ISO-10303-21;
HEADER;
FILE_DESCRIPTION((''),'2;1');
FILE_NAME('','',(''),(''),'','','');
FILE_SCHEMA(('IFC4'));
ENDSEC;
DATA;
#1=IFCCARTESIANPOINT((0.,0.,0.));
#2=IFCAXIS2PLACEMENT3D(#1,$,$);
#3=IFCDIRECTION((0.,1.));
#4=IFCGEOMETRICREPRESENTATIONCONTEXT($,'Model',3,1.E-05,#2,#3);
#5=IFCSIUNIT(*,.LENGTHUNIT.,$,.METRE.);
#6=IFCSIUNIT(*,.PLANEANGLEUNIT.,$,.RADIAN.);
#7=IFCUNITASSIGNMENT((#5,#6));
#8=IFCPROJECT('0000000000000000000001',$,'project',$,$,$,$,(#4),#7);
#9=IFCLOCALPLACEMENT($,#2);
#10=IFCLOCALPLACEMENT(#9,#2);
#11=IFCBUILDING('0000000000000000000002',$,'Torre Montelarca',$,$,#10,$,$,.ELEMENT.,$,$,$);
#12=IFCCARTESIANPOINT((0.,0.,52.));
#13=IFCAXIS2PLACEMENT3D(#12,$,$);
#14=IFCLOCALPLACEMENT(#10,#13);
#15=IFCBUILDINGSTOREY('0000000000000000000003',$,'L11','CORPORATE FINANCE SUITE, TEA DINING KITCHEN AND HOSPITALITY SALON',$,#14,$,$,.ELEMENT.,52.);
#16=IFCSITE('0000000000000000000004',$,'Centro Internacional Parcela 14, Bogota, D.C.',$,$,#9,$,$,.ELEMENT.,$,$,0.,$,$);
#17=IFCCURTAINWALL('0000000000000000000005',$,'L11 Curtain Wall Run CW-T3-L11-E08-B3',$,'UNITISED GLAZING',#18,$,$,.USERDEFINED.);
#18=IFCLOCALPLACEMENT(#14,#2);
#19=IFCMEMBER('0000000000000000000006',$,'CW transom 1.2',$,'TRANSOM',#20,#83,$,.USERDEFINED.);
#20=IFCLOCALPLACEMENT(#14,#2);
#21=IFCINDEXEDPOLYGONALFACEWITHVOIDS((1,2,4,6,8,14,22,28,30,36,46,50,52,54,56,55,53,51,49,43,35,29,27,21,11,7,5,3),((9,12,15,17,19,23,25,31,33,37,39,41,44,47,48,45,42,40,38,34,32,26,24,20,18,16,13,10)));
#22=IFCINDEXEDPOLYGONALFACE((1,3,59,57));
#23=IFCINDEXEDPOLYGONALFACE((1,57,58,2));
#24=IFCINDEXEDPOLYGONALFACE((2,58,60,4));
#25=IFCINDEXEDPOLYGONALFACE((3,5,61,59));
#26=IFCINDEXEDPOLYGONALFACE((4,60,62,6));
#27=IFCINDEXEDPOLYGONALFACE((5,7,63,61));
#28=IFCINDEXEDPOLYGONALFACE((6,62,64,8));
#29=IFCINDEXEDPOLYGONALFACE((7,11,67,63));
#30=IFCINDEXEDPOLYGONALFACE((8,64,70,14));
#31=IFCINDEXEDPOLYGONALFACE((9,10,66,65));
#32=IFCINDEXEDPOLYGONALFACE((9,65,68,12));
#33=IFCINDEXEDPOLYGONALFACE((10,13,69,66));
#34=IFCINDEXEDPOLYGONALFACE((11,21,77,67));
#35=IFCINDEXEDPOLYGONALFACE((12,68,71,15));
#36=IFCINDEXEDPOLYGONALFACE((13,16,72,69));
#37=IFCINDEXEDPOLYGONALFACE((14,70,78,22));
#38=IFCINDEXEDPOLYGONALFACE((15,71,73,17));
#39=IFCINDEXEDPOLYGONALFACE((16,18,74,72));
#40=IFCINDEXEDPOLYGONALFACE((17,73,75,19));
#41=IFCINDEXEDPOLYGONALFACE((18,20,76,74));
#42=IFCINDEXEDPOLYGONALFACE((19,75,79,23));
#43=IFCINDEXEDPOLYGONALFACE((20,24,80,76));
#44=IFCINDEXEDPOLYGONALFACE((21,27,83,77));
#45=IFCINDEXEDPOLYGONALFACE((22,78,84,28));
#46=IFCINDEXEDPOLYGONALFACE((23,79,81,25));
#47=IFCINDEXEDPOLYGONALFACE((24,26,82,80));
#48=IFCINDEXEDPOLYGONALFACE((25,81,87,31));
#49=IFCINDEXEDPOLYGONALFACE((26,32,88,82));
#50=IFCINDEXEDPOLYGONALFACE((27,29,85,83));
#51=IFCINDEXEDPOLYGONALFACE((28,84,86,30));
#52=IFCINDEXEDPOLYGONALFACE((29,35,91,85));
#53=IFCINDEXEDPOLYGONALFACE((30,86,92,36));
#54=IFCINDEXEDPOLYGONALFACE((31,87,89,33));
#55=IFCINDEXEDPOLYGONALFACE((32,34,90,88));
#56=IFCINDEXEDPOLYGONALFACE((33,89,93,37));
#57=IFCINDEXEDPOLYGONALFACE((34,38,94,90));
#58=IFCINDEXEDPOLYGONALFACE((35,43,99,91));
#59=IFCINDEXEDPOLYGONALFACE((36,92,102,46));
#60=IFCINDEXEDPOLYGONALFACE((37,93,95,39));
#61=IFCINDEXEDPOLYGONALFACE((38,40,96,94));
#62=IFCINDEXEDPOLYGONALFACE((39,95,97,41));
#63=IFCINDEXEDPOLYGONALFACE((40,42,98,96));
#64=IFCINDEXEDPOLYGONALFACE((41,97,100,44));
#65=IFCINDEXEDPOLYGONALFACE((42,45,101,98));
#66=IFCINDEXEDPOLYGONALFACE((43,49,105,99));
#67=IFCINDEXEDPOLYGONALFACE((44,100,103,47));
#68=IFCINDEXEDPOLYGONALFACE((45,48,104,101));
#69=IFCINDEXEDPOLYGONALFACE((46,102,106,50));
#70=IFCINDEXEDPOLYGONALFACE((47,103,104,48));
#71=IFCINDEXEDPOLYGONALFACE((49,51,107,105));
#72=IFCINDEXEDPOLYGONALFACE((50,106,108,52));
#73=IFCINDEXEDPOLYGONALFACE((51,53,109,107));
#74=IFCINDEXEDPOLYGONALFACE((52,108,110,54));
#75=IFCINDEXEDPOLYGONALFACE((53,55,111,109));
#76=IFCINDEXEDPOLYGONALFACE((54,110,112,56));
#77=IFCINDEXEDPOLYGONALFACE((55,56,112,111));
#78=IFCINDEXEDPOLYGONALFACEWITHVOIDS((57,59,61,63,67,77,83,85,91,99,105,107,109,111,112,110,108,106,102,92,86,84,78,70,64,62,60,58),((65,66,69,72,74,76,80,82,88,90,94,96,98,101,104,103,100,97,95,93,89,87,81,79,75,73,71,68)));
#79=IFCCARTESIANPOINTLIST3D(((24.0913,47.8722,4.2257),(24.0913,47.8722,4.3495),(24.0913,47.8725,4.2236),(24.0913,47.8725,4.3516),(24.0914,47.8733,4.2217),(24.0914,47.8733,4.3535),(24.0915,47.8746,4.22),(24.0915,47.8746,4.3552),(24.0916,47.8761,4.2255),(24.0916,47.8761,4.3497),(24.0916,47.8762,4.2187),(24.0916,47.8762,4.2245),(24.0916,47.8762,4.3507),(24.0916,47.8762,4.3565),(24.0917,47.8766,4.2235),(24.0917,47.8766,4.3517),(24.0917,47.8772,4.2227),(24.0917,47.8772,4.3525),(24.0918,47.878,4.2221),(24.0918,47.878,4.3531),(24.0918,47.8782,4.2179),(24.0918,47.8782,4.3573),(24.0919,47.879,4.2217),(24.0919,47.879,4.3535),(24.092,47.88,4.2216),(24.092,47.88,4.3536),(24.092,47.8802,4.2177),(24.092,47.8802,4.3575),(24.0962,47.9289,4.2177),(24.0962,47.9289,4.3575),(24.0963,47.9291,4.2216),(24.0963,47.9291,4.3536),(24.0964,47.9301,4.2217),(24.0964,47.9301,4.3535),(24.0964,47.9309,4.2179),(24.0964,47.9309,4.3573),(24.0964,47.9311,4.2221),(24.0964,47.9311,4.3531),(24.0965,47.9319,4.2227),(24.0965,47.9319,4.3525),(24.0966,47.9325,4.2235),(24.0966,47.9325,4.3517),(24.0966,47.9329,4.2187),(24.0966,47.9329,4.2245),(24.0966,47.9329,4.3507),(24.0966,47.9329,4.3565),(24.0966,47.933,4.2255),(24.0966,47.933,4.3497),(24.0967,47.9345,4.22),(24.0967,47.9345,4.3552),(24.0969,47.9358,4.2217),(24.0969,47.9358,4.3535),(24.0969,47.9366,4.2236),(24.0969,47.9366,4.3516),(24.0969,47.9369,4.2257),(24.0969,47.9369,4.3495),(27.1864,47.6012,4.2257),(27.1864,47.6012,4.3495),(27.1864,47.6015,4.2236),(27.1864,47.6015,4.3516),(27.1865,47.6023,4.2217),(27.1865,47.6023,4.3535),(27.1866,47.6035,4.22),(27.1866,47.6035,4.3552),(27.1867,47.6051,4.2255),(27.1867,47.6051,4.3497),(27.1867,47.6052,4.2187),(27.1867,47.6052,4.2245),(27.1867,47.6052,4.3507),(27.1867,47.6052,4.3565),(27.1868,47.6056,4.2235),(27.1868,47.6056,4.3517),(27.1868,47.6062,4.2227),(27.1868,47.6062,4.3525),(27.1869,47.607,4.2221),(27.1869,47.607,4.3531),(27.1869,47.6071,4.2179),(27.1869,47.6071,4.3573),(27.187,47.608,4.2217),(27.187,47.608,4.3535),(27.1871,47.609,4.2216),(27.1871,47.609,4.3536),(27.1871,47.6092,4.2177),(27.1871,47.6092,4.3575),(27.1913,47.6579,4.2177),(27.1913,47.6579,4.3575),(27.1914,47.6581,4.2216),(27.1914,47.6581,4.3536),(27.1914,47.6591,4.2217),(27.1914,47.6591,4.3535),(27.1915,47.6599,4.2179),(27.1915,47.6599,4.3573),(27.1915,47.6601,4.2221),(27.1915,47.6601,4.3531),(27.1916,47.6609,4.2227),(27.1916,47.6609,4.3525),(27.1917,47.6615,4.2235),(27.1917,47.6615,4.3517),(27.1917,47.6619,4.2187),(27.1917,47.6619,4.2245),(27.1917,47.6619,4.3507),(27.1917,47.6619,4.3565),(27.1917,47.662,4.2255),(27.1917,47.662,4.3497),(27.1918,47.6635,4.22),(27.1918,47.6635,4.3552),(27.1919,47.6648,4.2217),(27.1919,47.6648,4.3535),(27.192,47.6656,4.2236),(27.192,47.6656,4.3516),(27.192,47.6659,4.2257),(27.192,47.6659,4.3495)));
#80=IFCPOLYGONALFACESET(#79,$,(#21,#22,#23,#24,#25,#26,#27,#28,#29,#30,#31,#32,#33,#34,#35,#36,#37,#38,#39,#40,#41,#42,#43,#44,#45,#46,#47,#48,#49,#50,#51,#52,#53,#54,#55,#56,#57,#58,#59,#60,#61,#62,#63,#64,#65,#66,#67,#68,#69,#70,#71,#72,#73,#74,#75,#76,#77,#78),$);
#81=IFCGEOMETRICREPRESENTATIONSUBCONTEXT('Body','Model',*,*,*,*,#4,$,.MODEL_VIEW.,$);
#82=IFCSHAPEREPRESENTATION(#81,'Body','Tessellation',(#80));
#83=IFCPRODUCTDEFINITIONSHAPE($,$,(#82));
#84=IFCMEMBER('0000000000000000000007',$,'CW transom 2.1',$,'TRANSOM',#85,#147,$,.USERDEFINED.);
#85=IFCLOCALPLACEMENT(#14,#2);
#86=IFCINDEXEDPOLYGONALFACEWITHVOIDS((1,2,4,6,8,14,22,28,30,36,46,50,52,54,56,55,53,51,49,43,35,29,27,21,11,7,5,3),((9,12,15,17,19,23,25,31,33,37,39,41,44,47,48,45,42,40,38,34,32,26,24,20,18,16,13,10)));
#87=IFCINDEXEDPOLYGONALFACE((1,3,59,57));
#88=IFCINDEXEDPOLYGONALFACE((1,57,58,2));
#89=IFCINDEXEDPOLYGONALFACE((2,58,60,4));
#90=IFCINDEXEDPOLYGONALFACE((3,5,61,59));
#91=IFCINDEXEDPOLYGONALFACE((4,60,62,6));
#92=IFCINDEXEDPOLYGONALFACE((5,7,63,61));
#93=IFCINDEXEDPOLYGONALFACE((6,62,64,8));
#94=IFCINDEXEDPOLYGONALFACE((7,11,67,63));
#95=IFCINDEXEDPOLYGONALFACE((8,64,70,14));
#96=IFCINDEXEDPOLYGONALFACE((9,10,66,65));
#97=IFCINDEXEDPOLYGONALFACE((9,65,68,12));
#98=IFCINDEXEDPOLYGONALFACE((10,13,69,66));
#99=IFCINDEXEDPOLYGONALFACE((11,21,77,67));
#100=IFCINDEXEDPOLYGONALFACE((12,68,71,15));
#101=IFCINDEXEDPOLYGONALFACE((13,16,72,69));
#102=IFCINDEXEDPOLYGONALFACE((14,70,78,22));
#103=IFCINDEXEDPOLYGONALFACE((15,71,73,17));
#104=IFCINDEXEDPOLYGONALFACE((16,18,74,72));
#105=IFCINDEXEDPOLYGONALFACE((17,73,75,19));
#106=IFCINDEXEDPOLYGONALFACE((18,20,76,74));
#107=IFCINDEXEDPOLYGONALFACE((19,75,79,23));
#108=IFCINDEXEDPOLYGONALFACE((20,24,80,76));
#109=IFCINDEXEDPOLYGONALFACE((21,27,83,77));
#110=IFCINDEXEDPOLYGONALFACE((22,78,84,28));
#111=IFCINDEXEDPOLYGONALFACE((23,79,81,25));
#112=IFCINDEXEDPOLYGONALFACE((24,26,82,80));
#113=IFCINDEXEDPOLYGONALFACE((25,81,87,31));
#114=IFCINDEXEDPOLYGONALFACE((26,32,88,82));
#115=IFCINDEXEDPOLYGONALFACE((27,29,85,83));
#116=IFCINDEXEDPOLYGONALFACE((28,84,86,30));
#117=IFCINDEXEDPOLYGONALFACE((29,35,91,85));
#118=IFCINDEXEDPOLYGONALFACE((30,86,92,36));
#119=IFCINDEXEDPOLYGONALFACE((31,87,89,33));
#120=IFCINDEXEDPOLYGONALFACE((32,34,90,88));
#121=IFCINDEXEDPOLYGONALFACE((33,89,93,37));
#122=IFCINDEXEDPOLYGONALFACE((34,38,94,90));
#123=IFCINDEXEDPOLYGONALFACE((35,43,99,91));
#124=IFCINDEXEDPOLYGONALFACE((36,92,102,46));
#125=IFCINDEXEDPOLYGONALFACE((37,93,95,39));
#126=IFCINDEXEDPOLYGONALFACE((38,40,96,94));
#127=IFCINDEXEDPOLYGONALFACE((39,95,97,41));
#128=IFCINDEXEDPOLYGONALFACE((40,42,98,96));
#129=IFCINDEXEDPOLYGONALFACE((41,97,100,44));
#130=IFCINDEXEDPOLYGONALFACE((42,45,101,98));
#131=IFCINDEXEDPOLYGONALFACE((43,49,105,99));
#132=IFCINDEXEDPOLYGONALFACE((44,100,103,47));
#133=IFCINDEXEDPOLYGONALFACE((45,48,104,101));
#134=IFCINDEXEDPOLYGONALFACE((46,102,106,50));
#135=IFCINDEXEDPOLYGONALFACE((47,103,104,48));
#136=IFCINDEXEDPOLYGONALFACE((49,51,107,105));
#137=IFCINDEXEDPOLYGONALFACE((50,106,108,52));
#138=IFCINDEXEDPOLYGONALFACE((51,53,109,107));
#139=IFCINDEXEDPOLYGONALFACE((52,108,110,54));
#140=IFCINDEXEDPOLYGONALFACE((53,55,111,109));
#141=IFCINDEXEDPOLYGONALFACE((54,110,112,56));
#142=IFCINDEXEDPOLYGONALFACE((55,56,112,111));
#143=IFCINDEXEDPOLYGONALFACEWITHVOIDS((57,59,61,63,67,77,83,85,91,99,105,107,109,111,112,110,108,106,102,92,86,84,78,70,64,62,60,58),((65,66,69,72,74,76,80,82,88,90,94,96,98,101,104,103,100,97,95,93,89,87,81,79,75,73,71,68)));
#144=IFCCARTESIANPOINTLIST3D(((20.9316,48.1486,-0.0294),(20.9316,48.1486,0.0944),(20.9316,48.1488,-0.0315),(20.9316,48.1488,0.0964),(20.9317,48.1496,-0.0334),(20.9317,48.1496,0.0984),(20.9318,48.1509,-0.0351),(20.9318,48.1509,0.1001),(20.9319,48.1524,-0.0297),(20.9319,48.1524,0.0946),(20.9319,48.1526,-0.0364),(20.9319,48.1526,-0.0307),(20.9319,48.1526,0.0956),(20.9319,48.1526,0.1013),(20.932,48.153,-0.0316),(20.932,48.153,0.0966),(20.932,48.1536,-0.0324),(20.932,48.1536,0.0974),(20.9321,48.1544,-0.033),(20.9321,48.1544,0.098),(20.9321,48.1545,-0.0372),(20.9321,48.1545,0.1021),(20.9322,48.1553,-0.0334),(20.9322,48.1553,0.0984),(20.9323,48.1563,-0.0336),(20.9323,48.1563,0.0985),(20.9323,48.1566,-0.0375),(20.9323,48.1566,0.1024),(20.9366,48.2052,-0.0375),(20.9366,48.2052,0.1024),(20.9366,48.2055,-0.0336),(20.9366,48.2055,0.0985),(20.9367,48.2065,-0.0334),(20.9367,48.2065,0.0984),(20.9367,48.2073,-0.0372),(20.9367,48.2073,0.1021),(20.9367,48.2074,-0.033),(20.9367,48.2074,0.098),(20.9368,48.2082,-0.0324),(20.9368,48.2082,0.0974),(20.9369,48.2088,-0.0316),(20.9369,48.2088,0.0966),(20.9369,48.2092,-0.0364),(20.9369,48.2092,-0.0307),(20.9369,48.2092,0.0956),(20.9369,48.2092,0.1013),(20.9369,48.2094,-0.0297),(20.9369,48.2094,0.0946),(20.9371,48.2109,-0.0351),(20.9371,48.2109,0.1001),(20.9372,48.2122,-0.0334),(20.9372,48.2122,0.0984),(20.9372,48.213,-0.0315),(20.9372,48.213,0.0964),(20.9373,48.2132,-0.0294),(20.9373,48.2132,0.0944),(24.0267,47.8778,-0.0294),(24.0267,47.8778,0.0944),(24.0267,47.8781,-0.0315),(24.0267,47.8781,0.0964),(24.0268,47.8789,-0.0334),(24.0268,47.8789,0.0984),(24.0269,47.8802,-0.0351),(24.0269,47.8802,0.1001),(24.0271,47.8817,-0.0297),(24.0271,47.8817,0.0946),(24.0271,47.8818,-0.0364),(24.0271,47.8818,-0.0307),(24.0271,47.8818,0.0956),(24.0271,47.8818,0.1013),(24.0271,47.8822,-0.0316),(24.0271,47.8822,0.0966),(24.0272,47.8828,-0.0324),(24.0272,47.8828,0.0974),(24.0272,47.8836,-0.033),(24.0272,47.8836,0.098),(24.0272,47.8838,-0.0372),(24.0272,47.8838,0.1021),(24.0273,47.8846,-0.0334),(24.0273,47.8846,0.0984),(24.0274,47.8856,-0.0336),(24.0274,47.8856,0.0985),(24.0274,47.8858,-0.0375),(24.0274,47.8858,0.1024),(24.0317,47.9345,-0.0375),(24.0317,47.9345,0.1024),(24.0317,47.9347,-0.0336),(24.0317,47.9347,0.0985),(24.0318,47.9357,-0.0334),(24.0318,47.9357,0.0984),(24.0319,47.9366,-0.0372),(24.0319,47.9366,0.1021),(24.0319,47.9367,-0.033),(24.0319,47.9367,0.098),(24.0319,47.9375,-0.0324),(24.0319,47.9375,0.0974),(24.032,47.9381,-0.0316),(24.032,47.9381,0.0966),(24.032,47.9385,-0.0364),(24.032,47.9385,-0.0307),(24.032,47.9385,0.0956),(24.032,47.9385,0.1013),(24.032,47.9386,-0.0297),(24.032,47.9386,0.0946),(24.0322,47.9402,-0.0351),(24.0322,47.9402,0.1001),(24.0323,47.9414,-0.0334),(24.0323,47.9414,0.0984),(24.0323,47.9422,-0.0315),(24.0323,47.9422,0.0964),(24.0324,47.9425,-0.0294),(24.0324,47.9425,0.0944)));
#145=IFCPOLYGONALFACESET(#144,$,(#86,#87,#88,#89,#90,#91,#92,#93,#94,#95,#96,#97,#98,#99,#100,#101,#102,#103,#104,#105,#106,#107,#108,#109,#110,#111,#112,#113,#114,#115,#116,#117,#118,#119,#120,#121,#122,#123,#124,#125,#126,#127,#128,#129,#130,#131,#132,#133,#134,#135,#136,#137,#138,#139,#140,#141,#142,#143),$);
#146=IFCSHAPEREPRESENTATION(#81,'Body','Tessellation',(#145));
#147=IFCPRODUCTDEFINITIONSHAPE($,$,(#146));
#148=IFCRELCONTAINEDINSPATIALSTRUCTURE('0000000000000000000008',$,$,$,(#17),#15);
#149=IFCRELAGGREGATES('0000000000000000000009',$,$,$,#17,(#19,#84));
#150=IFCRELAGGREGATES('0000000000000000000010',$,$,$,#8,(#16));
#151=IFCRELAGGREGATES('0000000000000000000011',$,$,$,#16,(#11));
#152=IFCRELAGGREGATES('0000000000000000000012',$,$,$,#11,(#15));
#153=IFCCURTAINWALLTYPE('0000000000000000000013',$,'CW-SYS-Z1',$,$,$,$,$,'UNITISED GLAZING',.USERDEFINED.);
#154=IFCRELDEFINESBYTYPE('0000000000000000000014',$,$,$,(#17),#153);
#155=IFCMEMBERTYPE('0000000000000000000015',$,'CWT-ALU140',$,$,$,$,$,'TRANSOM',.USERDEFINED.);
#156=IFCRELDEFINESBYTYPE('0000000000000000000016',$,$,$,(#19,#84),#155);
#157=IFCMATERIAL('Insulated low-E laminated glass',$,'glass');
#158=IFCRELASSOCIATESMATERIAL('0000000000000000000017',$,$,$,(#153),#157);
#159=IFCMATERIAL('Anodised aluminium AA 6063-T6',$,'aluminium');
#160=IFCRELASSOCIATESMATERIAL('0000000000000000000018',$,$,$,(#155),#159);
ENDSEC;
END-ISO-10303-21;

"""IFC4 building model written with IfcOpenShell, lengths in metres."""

from ifc_helpers import new_model, si_unit, direction, frame, origin, origin_2d, place, context, subcontext, project, spatial, hollow_rectangle, extrude, source, transform, mapped, material, material_profile, profile_set, type_object, element, aggregate, save


model = new_model("IFC4")

# Units and contexts
model_context = context("Model", 3, precision=1e-05, world=origin(), true_north=direction((0.0, 1.0)))
body_context = subcontext(model_context, "Body", "Model", "MODEL_VIEW")
ifc_project = project(units=[si_unit("LENGTHUNIT", "METRE"), si_unit("PLANEANGLEUNIT", "RADIAN")], contexts=[model_context])

# Site, building, storey
site_placement = place(None, origin())
site = spatial("IfcSite", under=ifc_project, at=site_placement, Name="Centro Internacional Parcela 14, Bogota, D.C.", CompositionType="ELEMENT", RefElevation=0.0)
building_placement = place(site_placement, origin())
building = spatial("IfcBuilding", under=site, at=building_placement, Name="Torre Montelarca", CompositionType="ELEMENT")
storey_placement = place(building_placement, frame((0.0, 0.0, 52.0)))
storey = spatial("IfcBuildingStorey", under=building, at=storey_placement, Name="L11", Description="CORPORATE FINANCE SUITE, TEA DINING KITCHEN AND HOSPITALITY SALON", CompositionType="ELEMENT", Elevation=52.0)

# Curtain wall
ifc_material_1 = material(Name="Insulated low-E laminated glass", Category="glass")
curtain_wall_type = type_object("IfcCurtainWallType", Name="CW-SYS-Z1", ElementType="UNITISED GLAZING", PredefinedType="USERDEFINED", material=ifc_material_1)
ifc_material_2 = material(Name="Anodised aluminium AA 6063-T6", Category="aluminium")
curtain_wall_1_placement = place(storey_placement, origin())
curtain_wall_1 = element("IfcCurtainWall", 1, at=curtain_wall_1_placement, inside=storey, type_object=curtain_wall_type, Name="L11 Curtain Wall Run CW-T3-L11-E08-B3", ObjectType="UNITISED GLAZING", PredefinedType="USERDEFINED")

# Members
ifc_material_profile_1 = material_profile(ifc_material_2, hollow_rectangle(XDim=0.0649, YDim=0.1399, WallThickness=0.0039, InnerFilletRadius=0.0039, OuterFilletRadius=0.0081, at=origin_2d()), Name="ALU65X140X4", Category="aluminium")
ifc_profile_set_1 = profile_set([ifc_material_profile_1], Name="Anodised aluminium AA 6063-T6")
member_type_1 = type_object("IfcMemberType", Name="CWT-ALU140", ElementType="TRANSOM", PredefinedType="USERDEFINED", material=ifc_profile_set_1)
shared_shape_1 = source(origin(), body_context, "Body", "SweptSolid", [
    extrude(hollow_rectangle(XDim=0.0649, YDim=0.1399, WallThickness=0.0039, InnerFilletRadius=0.0039, OuterFilletRadius=0.0081, at=origin_2d()), origin(), (0.0, 0.0, 1.0), 3.1069),
])
member_1_placement = place(storey_placement, frame((27.1892, 47.6335, 4.2876), z_axis=(-0.996189, 0.087226, 0.0), x_axis=(-0.087226, -0.996189, 0.0)))
member_1 = element("IfcMember", 2, at=member_1_placement, type_object=member_type_1, Name="CW transom 1.2", ObjectType="TRANSOM", PredefinedType="USERDEFINED", context=body_context, shape_type="MappedRepresentation", body=[
    mapped(shared_shape_1, transform((0.0, 0.0, 0.0), scale=1.0)),
])
member_2_placement = place(storey_placement, frame((24.0295, 47.9102, 0.0325), z_axis=(-0.996196, 0.087142, 0.0), x_axis=(-0.087142, -0.996196, 0.0)))
member_2 = element("IfcMember", 3, at=member_2_placement, type_object=member_type_1, Name="CW transom 2.1", ObjectType="TRANSOM", PredefinedType="USERDEFINED", context=body_context, shape_type="MappedRepresentation", body=[
    mapped(shared_shape_1, transform((0.0, 0.0, 0.0), scale=1.0)),
])

aggregate(curtain_wall_1, [member_1, member_2])

save(model, "model.ifc")
